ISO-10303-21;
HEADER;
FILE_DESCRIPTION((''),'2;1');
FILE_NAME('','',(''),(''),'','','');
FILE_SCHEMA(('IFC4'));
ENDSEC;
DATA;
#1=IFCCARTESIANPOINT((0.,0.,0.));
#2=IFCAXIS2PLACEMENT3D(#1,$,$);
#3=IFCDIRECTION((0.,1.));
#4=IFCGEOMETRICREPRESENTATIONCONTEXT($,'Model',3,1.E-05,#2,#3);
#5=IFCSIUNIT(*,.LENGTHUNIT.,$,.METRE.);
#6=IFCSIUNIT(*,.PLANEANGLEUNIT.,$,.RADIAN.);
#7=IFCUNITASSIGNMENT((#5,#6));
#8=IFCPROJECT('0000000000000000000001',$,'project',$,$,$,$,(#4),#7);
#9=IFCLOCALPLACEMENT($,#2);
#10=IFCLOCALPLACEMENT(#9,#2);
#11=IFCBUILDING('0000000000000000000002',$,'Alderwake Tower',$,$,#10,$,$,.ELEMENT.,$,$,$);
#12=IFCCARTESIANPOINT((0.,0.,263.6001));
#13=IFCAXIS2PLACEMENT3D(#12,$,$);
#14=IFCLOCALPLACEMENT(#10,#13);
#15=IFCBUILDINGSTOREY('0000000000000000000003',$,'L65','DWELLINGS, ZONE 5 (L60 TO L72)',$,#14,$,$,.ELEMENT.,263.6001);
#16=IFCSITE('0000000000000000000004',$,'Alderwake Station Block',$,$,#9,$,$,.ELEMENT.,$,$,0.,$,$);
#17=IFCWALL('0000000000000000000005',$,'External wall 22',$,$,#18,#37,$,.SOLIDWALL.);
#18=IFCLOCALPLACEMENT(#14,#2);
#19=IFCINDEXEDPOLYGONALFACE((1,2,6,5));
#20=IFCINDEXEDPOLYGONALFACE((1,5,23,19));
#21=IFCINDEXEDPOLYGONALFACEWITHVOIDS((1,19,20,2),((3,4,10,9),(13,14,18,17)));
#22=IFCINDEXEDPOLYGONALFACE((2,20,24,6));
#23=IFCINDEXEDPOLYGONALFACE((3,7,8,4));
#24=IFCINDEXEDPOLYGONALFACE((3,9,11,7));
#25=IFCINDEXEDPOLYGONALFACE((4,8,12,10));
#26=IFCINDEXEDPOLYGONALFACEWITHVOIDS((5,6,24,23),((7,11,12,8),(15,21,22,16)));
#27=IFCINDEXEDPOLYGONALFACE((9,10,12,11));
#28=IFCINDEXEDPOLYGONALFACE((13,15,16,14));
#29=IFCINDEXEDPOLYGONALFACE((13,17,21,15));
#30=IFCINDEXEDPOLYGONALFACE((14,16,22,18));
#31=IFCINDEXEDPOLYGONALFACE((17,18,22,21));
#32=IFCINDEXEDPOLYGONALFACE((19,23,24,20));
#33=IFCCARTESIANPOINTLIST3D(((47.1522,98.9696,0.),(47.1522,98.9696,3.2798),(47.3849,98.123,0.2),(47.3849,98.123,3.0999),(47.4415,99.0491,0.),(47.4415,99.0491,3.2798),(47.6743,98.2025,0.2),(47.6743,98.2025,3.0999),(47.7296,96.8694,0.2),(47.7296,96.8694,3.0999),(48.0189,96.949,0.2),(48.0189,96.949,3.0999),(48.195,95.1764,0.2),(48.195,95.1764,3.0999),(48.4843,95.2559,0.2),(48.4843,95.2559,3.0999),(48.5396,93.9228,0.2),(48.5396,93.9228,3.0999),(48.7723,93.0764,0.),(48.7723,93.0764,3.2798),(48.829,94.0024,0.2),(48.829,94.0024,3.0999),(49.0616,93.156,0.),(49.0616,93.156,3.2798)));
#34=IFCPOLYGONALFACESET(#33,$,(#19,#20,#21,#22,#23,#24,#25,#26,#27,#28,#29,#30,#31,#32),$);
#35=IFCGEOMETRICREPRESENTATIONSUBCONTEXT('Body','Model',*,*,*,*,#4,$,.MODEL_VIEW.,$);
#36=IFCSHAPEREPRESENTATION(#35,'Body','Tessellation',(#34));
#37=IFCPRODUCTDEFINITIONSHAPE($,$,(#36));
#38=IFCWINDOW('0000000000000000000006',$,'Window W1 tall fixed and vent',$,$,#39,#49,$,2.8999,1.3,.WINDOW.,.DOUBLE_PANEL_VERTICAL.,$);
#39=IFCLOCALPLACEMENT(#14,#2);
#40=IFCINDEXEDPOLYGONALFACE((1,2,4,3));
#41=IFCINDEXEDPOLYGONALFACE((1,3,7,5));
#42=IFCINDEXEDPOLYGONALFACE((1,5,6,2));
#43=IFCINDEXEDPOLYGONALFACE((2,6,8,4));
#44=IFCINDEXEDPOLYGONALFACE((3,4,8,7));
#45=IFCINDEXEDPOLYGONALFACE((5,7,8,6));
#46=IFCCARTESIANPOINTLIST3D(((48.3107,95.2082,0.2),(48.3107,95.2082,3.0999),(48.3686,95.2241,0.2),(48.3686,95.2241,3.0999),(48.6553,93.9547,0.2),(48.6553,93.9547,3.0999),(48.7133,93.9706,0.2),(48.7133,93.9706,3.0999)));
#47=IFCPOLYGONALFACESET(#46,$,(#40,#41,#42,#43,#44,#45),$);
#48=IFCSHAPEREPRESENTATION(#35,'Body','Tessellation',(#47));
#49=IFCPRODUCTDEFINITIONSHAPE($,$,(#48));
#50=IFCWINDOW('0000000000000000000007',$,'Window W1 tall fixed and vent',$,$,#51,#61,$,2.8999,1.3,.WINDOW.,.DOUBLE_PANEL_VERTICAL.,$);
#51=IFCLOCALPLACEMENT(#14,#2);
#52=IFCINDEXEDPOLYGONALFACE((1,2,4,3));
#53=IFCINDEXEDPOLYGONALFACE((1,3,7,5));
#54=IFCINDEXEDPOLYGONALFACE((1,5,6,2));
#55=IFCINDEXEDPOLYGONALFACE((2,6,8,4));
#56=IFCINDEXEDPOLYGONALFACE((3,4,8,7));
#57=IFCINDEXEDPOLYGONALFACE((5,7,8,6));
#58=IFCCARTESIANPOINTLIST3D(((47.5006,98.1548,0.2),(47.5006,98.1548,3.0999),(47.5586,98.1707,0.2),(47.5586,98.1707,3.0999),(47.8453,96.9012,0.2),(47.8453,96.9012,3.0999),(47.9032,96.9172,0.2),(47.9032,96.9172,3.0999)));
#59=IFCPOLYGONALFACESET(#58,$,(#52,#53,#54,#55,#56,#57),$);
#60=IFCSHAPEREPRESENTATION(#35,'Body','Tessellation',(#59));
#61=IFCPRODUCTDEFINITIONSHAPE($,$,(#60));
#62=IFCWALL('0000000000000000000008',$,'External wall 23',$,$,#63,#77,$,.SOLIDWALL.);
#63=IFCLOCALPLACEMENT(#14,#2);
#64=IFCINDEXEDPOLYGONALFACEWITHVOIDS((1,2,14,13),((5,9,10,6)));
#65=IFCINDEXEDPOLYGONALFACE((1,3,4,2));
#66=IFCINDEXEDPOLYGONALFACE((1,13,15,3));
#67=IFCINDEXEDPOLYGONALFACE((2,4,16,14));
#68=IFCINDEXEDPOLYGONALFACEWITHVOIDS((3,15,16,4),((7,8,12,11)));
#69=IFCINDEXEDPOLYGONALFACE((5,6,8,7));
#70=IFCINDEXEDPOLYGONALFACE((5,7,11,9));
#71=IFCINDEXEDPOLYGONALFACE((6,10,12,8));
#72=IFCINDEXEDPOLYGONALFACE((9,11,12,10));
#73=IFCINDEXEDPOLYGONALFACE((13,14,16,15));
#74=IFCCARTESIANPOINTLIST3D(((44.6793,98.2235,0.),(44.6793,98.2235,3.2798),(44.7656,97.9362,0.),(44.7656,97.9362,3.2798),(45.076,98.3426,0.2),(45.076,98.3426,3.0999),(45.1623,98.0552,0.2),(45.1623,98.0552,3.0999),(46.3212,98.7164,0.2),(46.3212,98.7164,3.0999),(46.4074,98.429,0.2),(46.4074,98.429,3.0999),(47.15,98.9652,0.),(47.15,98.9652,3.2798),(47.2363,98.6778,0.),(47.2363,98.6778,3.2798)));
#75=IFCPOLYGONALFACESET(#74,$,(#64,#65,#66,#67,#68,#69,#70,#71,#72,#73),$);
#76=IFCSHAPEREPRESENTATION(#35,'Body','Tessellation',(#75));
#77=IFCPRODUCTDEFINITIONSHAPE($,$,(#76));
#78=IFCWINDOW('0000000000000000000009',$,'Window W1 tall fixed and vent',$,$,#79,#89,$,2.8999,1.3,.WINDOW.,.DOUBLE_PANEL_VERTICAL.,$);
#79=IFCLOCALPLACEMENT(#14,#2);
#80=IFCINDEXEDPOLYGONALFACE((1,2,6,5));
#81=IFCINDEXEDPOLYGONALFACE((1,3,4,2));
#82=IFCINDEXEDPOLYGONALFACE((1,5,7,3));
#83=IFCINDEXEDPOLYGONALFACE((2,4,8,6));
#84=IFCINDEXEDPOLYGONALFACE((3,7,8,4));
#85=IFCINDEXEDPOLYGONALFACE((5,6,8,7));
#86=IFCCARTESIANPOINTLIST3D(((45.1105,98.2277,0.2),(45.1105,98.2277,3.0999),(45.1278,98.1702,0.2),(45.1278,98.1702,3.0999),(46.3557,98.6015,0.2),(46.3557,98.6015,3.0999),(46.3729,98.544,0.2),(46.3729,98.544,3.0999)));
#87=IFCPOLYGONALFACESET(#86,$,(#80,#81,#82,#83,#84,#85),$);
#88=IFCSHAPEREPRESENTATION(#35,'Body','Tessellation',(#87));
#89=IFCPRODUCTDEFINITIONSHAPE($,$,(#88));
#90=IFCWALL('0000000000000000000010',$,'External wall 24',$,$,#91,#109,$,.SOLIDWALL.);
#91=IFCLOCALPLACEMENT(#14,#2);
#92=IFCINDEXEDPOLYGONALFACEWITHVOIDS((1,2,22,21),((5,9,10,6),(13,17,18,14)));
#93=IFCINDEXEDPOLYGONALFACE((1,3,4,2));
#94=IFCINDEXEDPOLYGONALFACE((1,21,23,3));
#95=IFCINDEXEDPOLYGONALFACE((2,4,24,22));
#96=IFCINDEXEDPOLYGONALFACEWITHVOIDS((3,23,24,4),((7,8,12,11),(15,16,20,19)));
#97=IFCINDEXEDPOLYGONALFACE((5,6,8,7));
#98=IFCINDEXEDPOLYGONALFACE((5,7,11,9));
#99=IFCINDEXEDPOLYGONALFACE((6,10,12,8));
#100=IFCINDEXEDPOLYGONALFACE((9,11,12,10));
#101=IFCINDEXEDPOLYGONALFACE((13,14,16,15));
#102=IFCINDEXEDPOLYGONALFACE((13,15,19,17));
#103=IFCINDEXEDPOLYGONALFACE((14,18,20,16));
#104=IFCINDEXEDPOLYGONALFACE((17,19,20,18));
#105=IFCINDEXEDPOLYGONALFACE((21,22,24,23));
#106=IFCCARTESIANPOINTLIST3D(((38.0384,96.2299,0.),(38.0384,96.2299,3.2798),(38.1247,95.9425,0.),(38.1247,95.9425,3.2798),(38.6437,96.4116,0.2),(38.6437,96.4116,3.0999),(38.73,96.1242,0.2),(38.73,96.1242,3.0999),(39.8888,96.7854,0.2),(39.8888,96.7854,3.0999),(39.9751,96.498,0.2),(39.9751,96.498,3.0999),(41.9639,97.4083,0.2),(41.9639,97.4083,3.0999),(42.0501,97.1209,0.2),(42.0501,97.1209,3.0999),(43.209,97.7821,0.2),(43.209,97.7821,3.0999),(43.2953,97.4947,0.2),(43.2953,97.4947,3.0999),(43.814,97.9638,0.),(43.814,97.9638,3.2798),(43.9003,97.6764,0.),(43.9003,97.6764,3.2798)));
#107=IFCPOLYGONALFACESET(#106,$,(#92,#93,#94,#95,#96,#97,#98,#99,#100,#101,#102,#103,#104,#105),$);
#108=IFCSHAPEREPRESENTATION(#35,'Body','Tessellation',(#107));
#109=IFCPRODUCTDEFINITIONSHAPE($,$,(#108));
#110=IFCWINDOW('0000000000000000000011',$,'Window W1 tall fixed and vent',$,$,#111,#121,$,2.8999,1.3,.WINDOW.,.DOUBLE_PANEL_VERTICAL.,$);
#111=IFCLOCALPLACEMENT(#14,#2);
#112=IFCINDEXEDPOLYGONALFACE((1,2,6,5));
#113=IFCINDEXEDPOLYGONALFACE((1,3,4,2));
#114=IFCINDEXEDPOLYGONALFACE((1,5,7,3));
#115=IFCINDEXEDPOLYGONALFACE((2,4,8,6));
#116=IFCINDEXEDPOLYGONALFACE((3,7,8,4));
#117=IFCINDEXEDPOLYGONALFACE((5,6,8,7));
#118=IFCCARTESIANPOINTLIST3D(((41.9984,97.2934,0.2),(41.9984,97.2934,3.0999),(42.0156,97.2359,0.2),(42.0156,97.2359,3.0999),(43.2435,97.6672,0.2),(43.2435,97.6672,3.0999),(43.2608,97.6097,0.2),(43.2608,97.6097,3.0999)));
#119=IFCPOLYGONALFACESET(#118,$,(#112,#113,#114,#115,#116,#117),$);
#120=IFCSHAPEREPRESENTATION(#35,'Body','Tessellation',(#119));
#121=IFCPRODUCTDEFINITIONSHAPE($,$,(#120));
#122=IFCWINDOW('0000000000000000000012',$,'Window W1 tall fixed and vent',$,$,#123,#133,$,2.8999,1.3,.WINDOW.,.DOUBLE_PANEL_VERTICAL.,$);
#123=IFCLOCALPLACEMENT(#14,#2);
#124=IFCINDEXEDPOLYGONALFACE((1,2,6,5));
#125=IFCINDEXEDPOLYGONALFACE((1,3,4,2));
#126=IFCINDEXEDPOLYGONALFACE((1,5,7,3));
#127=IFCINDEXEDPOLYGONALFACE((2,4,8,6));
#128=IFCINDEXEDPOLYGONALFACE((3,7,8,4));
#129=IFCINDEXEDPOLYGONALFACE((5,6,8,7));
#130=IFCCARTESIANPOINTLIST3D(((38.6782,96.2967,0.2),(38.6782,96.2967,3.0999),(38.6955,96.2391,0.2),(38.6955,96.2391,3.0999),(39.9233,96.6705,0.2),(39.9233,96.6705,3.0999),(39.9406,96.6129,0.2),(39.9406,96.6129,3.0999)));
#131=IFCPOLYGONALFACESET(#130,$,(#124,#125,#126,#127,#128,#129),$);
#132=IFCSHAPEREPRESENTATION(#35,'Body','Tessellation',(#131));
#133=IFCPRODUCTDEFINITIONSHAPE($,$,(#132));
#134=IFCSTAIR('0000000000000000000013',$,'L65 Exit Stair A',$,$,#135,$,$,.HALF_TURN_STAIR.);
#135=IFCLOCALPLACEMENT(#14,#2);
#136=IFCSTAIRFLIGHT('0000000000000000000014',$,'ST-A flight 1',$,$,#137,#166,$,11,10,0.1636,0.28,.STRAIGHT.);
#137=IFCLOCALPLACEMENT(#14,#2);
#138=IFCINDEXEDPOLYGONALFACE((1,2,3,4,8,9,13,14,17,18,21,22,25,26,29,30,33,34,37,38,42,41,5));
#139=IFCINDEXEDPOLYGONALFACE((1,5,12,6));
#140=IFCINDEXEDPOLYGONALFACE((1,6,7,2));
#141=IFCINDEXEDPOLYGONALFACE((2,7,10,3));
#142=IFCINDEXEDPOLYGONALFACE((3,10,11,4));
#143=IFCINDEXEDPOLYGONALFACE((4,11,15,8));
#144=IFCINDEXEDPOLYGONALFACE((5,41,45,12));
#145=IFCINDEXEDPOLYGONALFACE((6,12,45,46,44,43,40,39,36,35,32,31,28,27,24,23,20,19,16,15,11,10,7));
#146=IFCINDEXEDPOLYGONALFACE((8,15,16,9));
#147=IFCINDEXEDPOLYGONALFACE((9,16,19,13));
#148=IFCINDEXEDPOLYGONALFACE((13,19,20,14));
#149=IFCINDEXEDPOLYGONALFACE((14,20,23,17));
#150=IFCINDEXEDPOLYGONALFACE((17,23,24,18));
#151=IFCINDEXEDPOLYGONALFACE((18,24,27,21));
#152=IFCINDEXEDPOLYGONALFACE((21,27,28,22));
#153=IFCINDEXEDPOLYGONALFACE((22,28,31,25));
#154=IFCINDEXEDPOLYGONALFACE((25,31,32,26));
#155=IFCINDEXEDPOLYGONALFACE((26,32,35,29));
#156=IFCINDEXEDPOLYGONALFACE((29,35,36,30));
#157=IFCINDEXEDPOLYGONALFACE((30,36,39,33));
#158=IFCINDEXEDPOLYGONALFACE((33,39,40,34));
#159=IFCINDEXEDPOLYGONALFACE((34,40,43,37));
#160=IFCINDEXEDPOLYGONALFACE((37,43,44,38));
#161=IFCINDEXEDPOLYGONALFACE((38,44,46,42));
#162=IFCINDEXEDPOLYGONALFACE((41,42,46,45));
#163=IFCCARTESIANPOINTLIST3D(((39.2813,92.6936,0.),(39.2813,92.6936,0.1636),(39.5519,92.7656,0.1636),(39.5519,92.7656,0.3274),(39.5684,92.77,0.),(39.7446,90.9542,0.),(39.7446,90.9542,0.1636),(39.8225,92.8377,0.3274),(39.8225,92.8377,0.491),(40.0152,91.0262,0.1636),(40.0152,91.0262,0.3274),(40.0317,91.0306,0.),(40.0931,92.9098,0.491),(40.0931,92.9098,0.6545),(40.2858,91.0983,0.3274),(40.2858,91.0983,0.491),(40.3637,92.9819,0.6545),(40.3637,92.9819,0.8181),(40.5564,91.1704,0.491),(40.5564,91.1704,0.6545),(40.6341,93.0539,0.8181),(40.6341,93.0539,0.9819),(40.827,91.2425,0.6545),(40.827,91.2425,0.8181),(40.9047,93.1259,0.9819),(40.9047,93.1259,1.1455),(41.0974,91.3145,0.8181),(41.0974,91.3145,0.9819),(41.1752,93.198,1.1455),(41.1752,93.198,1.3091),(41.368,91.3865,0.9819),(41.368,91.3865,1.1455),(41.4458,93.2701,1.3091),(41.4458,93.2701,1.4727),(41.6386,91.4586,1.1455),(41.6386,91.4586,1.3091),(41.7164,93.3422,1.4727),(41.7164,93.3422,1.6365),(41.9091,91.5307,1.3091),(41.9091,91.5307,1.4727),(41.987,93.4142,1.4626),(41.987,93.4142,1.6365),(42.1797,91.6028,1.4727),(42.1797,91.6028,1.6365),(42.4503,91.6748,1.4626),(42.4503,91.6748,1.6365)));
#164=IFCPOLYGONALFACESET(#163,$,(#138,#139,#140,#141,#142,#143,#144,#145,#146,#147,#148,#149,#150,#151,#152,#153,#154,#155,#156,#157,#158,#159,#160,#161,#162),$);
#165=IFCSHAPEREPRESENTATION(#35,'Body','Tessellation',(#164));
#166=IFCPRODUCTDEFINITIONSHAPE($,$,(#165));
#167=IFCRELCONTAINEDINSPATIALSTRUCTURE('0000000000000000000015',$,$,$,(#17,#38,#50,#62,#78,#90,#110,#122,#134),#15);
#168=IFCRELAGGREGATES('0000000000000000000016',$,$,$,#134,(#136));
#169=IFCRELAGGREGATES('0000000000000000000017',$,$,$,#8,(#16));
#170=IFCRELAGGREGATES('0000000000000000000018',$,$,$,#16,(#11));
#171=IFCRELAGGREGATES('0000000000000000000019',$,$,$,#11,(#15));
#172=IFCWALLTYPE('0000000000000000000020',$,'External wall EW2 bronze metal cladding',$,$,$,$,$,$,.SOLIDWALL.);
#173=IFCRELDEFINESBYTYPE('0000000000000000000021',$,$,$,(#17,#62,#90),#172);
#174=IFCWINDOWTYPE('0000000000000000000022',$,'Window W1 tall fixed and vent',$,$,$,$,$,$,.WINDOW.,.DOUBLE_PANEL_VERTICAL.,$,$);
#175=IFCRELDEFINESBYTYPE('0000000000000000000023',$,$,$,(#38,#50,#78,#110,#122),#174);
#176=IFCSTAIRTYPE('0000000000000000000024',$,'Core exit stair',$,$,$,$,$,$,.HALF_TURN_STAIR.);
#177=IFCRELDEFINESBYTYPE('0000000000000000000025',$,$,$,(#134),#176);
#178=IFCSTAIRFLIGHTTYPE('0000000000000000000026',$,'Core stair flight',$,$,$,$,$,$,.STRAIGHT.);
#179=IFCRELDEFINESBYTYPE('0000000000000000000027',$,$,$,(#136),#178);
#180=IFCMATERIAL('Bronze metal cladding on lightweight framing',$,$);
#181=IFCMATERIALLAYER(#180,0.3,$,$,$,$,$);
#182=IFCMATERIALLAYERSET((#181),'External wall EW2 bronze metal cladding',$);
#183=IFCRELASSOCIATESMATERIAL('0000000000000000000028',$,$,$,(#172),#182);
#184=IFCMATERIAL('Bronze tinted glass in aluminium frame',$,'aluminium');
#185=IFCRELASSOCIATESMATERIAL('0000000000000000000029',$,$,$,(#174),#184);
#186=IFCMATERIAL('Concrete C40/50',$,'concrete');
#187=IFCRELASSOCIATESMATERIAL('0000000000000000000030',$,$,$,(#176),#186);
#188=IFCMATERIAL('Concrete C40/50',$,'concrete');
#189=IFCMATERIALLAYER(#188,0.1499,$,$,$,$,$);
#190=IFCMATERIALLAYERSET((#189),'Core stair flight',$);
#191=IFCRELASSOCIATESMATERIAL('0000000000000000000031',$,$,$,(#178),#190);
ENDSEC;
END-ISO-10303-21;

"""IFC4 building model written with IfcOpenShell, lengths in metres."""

from ifc_helpers import new_model, si_unit, direction, frame, frame_2d, origin, place, context, subcontext, project, spatial, polyline, rectangle, outline, extrude, material, layer, layer_set, type_object, element, fill, aggregate, save


model = new_model("IFC4")

# Units and contexts
model_context = context("Model", 3, precision=1e-05, world=origin(), true_north=direction((0.0, 1.0)))
body_context = subcontext(model_context, "Body", "Model", "MODEL_VIEW")
ifc_project = project(units=[si_unit("LENGTHUNIT", "METRE"), si_unit("PLANEANGLEUNIT", "RADIAN")], contexts=[model_context])

# Site, building, storey
site_placement = place(None, origin())
site = spatial("IfcSite", under=ifc_project, at=site_placement, Name="Alderwake Station Block", CompositionType="ELEMENT", RefElevation=0.0)
building_placement = place(site_placement, origin())
building = spatial("IfcBuilding", under=site, at=building_placement, Name="Alderwake Tower", CompositionType="ELEMENT")
storey_placement = place(building_placement, frame((0.0, 0.0, 263.6001)))
storey = spatial("IfcBuildingStorey", under=building, at=storey_placement, Name="L65", Description="DWELLINGS, ZONE 5 (L60 TO L72)", CompositionType="ELEMENT", Elevation=263.6001)

# Shared definitions
ifc_material_1 = material(Name="Bronze metal cladding on lightweight framing")
ifc_layer_1 = layer(ifc_material_1, 0.3)
ifc_layer_set_1 = layer_set([ifc_layer_1], Name="External wall EW2 bronze metal cladding")
wall_type_1 = type_object("IfcWallType", Name="External wall EW2 bronze metal cladding", PredefinedType="SOLIDWALL", material=ifc_layer_set_1)
ifc_material_2 = material(Name="Bronze tinted glass in aluminium frame", Category="aluminium")
window_type = type_object("IfcWindowType", Name="Window W1 tall fixed and vent", PartitioningType="DOUBLE_PANEL_VERTICAL", PredefinedType="WINDOW", material=ifc_material_2)

# Wall, openings, windows
wall_1_placement = place(storey_placement, frame((48.917, 93.1162, 0.0), z_axis=(0.0, 0.0, 1.0), x_axis=(-0.265084, 0.964225, 0.0)))
wall_1 = element("IfcWall", 1, at=wall_1_placement, inside=storey, type_object=wall_type_1, Name="External wall 22", PredefinedType="SOLIDWALL", context=body_context, shape_type="SweptSolid", body=[
    extrude(rectangle(XDim=6.1118, YDim=0.3, at=frame_2d((3.0559, 0.0))), origin(), (0.0, 0.0, 1.0), 3.2798),
])
opening_1_placement = place(wall_1_placement, frame((0.8779, 0.0, 0.2)))
opening_1 = element("IfcOpeningElement", 2, at=opening_1_placement, cuts=wall_1, PredefinedType="OPENING", context=body_context, shape_type="SweptSolid", body=[
    extrude(rectangle(XDim=1.3, YDim=2.8999, at=frame_2d((0.6499, 1.45))), frame((0.0, 0.1599, 0.0), z_axis=(0.0, -1.0, 0.0), x_axis=(1.0, 0.0, 0.0)), (0.0, 0.0, 1.0), 0.3201),
])
opening_2_placement = place(wall_1_placement, frame((3.9338, 0.0, 0.2)))
opening_2 = element("IfcOpeningElement", 3, at=opening_2_placement, cuts=wall_1, PredefinedType="OPENING", context=body_context, shape_type="SweptSolid", body=[
    extrude(rectangle(XDim=1.3, YDim=2.8999, at=frame_2d((0.6499, 1.45))), frame((0.0, 0.1599, 0.0), z_axis=(0.0, -1.0, 0.0), x_axis=(1.0, 0.0, 0.0)), (0.0, 0.0, 1.0), 0.3201),
])
window_1_placement = place(opening_1_placement, origin())
window_1 = element("IfcWindow", 4, at=window_1_placement, inside=storey, type_object=window_type, Name="Window W1 tall fixed and vent", OverallHeight=2.8999, OverallWidth=1.3, PartitioningType="DOUBLE_PANEL_VERTICAL", PredefinedType="WINDOW", context=body_context, shape_type="SweptSolid", body=[
    extrude(rectangle(XDim=1.3, YDim=2.8999, at=frame_2d((0.6499, 1.45))), frame((0.0, 0.03, 0.0), z_axis=(0.0, -1.0, 0.0), x_axis=(1.0, 0.0, 0.0)), (0.0, 0.0, 1.0), 0.0601),
])
fill(opening_1, window_1)
window_2_placement = place(opening_2_placement, origin())
window_2 = element("IfcWindow", 5, at=window_2_placement, inside=storey, type_object=window_type, Name="Window W1 tall fixed and vent", OverallHeight=2.8999, OverallWidth=1.3, PartitioningType="DOUBLE_PANEL_VERTICAL", PredefinedType="WINDOW", context=body_context, shape_type="SweptSolid", body=[
    extrude(rectangle(XDim=1.3, YDim=2.8999, at=frame_2d((0.6499, 1.45))), frame((0.0, 0.03, 0.0), z_axis=(0.0, -1.0, 0.0), x_axis=(1.0, 0.0, 0.0)), (0.0, 0.0, 1.0), 0.0601),
])
fill(opening_2, window_2)

# Wall, opening, window
wall_2_placement = place(storey_placement, frame((47.1931, 98.8215, 0.0), z_axis=(0.0, 0.0, 1.0), x_axis=(-0.957774, -0.287522, 0.0)))
wall_2 = element("IfcWall", 6, at=wall_2_placement, inside=storey, type_object=wall_type_1, Name="External wall 23", PredefinedType="SOLIDWALL", context=body_context, shape_type="SweptSolid", body=[
    extrude(rectangle(XDim=2.5796, YDim=0.3, at=frame_2d((1.2898, 0.0))), origin(), (0.0, 0.0, 1.0), 3.2798),
])
opening_3_placement = place(wall_2_placement, frame((0.8655, 0.0, 0.2)))
opening_3 = element("IfcOpeningElement", 7, at=opening_3_placement, cuts=wall_2, PredefinedType="OPENING", context=body_context, shape_type="SweptSolid", body=[
    extrude(rectangle(XDim=1.3, YDim=2.8999, at=frame_2d((0.6499, 1.45))), frame((0.0, 0.1599, 0.0), z_axis=(0.0, -1.0, 0.0), x_axis=(1.0, 0.0, 0.0)), (0.0, 0.0, 1.0), 0.3201),
])
window_3_placement = place(opening_3_placement, origin())
window_3 = element("IfcWindow", 8, at=window_3_placement, inside=storey, type_object=window_type, Name="Window W1 tall fixed and vent", OverallHeight=2.8999, OverallWidth=1.3, PartitioningType="DOUBLE_PANEL_VERTICAL", PredefinedType="WINDOW", context=body_context, shape_type="SweptSolid", body=[
    extrude(rectangle(XDim=1.3, YDim=2.8999, at=frame_2d((0.6499, 1.45))), frame((0.0, 0.03, 0.0), z_axis=(0.0, -1.0, 0.0), x_axis=(1.0, 0.0, 0.0)), (0.0, 0.0, 1.0), 0.0601),
])
fill(opening_3, window_3)

# Wall, openings, windows
wall_3_placement = place(storey_placement, frame((43.8572, 97.8201, 0.0), z_axis=(0.0, 0.0, 1.0), x_axis=(-0.957772, -0.28753, 0.0)))
wall_3 = element("IfcWall", 9, at=wall_3_placement, inside=storey, type_object=wall_type_1, Name="External wall 24", PredefinedType="SOLIDWALL", context=body_context, shape_type="SweptSolid", body=[
    extrude(rectangle(XDim=6.0303, YDim=0.3, at=frame_2d((3.0151, 0.0))), origin(), (0.0, 0.0, 1.0), 3.2798),
])
opening_4_placement = place(wall_3_placement, frame((0.6318, 0.0, 0.2)))
opening_4 = element("IfcOpeningElement", 10, at=opening_4_placement, cuts=wall_3, PredefinedType="OPENING", context=body_context, shape_type="SweptSolid", body=[
    extrude(rectangle(XDim=1.3, YDim=2.8999, at=frame_2d((0.6499, 1.45))), frame((0.0, 0.1599, 0.0), z_axis=(0.0, -1.0, 0.0), x_axis=(1.0, 0.0, 0.0)), (0.0, 0.0, 1.0), 0.3201),
])
opening_5_placement = place(wall_3_placement, frame((4.0984, 0.0, 0.2)))
opening_5 = element("IfcOpeningElement", 11, at=opening_5_placement, cuts=wall_3, PredefinedType="OPENING", context=body_context, shape_type="SweptSolid", body=[
    extrude(rectangle(XDim=1.3, YDim=2.8999, at=frame_2d((0.6499, 1.45))), frame((0.0, 0.1599, 0.0), z_axis=(0.0, -1.0, 0.0), x_axis=(1.0, 0.0, 0.0)), (0.0, 0.0, 1.0), 0.3201),
])
window_4_placement = place(opening_4_placement, origin())
window_4 = element("IfcWindow", 12, at=window_4_placement, inside=storey, type_object=window_type, Name="Window W1 tall fixed and vent", OverallHeight=2.8999, OverallWidth=1.3, PartitioningType="DOUBLE_PANEL_VERTICAL", PredefinedType="WINDOW", context=body_context, shape_type="SweptSolid", body=[
    extrude(rectangle(XDim=1.3, YDim=2.8999, at=frame_2d((0.6499, 1.45))), frame((0.0, 0.03, 0.0), z_axis=(0.0, -1.0, 0.0), x_axis=(1.0, 0.0, 0.0)), (0.0, 0.0, 1.0), 0.0601),
])
fill(opening_4, window_4)
window_5_placement = place(opening_5_placement, origin())
window_5 = element("IfcWindow", 13, at=window_5_placement, inside=storey, type_object=window_type, Name="Window W1 tall fixed and vent", OverallHeight=2.8999, OverallWidth=1.3, PartitioningType="DOUBLE_PANEL_VERTICAL", PredefinedType="WINDOW", context=body_context, shape_type="SweptSolid", body=[
    extrude(rectangle(XDim=1.3, YDim=2.8999, at=frame_2d((0.6499, 1.45))), frame((0.0, 0.03, 0.0), z_axis=(0.0, -1.0, 0.0), x_axis=(1.0, 0.0, 0.0)), (0.0, 0.0, 1.0), 0.0601),
])
fill(opening_5, window_5)

# Stair, stair flight
ifc_material_3 = material(Name="Concrete C40/50", Category="concrete")
stair_type = type_object("IfcStairType", Name="Core exit stair", PredefinedType="HALF_TURN_STAIR", material=ifc_material_3)
stair_placement = place(storey_placement, origin())
stair = element("IfcStair", 14, at=stair_placement, inside=storey, type_object=stair_type, Name="L65 Exit Stair A", PredefinedType="HALF_TURN_STAIR")
ifc_material_4 = material(Name="Concrete C40/50", Category="concrete")
ifc_layer_2 = layer(ifc_material_4, 0.1499)
ifc_layer_set_2 = layer_set([ifc_layer_2], Name="Core stair flight")
stair_flight_type = type_object("IfcStairFlightType", Name="Core stair flight", PredefinedType="STRAIGHT", material=ifc_layer_set_2)
stair_flight_1_placement = place(storey_placement, frame((39.5129, 91.824, 0.0), z_axis=(0.0, 0.0, 1.0), x_axis=(0.96631, 0.257382, 0.0)))
stair_flight_1 = element("IfcStairFlight", 15, at=stair_flight_1_placement, type_object=stair_flight_type, Name="ST-A flight 1", NumberOfRisers=11, NumberOfTreads=10, PredefinedType="STRAIGHT", RiserHeight=0.1636, TreadLength=0.28, context=body_context, shape_type="SweptSolid", body=[
    extrude(outline(polyline([(0.0, 0.0), (0.0, 0.1636), (0.28, 0.1636), (0.28, 0.3274), (0.5601, 0.3274), (0.5601, 0.491), (0.8401, 0.491), (0.8401, 0.6545), (1.1201, 0.6545), (1.1201, 0.8181), (1.3999, 0.8181), (1.3999, 0.9819), (1.6799, 0.9819), (1.6799, 1.1455), (1.96, 1.1455), (1.96, 1.3091), (2.24, 1.3091), (2.24, 1.4727), (2.52, 1.4727), (2.52, 1.6365), (2.8, 1.6365), (2.8, 1.8), (2.8, 1.4626), (0.2971, 0.0), (0.0, 0.0)])), frame((0.0, 0.8999, 0.0), z_axis=(0.0, -1.0, 0.0), x_axis=(1.0, 0.0, 0.0)), (0.0, 0.0, 1.0), 1.8),
])
aggregate(stair, [stair_flight_1])

save(model, "model.ifc")
